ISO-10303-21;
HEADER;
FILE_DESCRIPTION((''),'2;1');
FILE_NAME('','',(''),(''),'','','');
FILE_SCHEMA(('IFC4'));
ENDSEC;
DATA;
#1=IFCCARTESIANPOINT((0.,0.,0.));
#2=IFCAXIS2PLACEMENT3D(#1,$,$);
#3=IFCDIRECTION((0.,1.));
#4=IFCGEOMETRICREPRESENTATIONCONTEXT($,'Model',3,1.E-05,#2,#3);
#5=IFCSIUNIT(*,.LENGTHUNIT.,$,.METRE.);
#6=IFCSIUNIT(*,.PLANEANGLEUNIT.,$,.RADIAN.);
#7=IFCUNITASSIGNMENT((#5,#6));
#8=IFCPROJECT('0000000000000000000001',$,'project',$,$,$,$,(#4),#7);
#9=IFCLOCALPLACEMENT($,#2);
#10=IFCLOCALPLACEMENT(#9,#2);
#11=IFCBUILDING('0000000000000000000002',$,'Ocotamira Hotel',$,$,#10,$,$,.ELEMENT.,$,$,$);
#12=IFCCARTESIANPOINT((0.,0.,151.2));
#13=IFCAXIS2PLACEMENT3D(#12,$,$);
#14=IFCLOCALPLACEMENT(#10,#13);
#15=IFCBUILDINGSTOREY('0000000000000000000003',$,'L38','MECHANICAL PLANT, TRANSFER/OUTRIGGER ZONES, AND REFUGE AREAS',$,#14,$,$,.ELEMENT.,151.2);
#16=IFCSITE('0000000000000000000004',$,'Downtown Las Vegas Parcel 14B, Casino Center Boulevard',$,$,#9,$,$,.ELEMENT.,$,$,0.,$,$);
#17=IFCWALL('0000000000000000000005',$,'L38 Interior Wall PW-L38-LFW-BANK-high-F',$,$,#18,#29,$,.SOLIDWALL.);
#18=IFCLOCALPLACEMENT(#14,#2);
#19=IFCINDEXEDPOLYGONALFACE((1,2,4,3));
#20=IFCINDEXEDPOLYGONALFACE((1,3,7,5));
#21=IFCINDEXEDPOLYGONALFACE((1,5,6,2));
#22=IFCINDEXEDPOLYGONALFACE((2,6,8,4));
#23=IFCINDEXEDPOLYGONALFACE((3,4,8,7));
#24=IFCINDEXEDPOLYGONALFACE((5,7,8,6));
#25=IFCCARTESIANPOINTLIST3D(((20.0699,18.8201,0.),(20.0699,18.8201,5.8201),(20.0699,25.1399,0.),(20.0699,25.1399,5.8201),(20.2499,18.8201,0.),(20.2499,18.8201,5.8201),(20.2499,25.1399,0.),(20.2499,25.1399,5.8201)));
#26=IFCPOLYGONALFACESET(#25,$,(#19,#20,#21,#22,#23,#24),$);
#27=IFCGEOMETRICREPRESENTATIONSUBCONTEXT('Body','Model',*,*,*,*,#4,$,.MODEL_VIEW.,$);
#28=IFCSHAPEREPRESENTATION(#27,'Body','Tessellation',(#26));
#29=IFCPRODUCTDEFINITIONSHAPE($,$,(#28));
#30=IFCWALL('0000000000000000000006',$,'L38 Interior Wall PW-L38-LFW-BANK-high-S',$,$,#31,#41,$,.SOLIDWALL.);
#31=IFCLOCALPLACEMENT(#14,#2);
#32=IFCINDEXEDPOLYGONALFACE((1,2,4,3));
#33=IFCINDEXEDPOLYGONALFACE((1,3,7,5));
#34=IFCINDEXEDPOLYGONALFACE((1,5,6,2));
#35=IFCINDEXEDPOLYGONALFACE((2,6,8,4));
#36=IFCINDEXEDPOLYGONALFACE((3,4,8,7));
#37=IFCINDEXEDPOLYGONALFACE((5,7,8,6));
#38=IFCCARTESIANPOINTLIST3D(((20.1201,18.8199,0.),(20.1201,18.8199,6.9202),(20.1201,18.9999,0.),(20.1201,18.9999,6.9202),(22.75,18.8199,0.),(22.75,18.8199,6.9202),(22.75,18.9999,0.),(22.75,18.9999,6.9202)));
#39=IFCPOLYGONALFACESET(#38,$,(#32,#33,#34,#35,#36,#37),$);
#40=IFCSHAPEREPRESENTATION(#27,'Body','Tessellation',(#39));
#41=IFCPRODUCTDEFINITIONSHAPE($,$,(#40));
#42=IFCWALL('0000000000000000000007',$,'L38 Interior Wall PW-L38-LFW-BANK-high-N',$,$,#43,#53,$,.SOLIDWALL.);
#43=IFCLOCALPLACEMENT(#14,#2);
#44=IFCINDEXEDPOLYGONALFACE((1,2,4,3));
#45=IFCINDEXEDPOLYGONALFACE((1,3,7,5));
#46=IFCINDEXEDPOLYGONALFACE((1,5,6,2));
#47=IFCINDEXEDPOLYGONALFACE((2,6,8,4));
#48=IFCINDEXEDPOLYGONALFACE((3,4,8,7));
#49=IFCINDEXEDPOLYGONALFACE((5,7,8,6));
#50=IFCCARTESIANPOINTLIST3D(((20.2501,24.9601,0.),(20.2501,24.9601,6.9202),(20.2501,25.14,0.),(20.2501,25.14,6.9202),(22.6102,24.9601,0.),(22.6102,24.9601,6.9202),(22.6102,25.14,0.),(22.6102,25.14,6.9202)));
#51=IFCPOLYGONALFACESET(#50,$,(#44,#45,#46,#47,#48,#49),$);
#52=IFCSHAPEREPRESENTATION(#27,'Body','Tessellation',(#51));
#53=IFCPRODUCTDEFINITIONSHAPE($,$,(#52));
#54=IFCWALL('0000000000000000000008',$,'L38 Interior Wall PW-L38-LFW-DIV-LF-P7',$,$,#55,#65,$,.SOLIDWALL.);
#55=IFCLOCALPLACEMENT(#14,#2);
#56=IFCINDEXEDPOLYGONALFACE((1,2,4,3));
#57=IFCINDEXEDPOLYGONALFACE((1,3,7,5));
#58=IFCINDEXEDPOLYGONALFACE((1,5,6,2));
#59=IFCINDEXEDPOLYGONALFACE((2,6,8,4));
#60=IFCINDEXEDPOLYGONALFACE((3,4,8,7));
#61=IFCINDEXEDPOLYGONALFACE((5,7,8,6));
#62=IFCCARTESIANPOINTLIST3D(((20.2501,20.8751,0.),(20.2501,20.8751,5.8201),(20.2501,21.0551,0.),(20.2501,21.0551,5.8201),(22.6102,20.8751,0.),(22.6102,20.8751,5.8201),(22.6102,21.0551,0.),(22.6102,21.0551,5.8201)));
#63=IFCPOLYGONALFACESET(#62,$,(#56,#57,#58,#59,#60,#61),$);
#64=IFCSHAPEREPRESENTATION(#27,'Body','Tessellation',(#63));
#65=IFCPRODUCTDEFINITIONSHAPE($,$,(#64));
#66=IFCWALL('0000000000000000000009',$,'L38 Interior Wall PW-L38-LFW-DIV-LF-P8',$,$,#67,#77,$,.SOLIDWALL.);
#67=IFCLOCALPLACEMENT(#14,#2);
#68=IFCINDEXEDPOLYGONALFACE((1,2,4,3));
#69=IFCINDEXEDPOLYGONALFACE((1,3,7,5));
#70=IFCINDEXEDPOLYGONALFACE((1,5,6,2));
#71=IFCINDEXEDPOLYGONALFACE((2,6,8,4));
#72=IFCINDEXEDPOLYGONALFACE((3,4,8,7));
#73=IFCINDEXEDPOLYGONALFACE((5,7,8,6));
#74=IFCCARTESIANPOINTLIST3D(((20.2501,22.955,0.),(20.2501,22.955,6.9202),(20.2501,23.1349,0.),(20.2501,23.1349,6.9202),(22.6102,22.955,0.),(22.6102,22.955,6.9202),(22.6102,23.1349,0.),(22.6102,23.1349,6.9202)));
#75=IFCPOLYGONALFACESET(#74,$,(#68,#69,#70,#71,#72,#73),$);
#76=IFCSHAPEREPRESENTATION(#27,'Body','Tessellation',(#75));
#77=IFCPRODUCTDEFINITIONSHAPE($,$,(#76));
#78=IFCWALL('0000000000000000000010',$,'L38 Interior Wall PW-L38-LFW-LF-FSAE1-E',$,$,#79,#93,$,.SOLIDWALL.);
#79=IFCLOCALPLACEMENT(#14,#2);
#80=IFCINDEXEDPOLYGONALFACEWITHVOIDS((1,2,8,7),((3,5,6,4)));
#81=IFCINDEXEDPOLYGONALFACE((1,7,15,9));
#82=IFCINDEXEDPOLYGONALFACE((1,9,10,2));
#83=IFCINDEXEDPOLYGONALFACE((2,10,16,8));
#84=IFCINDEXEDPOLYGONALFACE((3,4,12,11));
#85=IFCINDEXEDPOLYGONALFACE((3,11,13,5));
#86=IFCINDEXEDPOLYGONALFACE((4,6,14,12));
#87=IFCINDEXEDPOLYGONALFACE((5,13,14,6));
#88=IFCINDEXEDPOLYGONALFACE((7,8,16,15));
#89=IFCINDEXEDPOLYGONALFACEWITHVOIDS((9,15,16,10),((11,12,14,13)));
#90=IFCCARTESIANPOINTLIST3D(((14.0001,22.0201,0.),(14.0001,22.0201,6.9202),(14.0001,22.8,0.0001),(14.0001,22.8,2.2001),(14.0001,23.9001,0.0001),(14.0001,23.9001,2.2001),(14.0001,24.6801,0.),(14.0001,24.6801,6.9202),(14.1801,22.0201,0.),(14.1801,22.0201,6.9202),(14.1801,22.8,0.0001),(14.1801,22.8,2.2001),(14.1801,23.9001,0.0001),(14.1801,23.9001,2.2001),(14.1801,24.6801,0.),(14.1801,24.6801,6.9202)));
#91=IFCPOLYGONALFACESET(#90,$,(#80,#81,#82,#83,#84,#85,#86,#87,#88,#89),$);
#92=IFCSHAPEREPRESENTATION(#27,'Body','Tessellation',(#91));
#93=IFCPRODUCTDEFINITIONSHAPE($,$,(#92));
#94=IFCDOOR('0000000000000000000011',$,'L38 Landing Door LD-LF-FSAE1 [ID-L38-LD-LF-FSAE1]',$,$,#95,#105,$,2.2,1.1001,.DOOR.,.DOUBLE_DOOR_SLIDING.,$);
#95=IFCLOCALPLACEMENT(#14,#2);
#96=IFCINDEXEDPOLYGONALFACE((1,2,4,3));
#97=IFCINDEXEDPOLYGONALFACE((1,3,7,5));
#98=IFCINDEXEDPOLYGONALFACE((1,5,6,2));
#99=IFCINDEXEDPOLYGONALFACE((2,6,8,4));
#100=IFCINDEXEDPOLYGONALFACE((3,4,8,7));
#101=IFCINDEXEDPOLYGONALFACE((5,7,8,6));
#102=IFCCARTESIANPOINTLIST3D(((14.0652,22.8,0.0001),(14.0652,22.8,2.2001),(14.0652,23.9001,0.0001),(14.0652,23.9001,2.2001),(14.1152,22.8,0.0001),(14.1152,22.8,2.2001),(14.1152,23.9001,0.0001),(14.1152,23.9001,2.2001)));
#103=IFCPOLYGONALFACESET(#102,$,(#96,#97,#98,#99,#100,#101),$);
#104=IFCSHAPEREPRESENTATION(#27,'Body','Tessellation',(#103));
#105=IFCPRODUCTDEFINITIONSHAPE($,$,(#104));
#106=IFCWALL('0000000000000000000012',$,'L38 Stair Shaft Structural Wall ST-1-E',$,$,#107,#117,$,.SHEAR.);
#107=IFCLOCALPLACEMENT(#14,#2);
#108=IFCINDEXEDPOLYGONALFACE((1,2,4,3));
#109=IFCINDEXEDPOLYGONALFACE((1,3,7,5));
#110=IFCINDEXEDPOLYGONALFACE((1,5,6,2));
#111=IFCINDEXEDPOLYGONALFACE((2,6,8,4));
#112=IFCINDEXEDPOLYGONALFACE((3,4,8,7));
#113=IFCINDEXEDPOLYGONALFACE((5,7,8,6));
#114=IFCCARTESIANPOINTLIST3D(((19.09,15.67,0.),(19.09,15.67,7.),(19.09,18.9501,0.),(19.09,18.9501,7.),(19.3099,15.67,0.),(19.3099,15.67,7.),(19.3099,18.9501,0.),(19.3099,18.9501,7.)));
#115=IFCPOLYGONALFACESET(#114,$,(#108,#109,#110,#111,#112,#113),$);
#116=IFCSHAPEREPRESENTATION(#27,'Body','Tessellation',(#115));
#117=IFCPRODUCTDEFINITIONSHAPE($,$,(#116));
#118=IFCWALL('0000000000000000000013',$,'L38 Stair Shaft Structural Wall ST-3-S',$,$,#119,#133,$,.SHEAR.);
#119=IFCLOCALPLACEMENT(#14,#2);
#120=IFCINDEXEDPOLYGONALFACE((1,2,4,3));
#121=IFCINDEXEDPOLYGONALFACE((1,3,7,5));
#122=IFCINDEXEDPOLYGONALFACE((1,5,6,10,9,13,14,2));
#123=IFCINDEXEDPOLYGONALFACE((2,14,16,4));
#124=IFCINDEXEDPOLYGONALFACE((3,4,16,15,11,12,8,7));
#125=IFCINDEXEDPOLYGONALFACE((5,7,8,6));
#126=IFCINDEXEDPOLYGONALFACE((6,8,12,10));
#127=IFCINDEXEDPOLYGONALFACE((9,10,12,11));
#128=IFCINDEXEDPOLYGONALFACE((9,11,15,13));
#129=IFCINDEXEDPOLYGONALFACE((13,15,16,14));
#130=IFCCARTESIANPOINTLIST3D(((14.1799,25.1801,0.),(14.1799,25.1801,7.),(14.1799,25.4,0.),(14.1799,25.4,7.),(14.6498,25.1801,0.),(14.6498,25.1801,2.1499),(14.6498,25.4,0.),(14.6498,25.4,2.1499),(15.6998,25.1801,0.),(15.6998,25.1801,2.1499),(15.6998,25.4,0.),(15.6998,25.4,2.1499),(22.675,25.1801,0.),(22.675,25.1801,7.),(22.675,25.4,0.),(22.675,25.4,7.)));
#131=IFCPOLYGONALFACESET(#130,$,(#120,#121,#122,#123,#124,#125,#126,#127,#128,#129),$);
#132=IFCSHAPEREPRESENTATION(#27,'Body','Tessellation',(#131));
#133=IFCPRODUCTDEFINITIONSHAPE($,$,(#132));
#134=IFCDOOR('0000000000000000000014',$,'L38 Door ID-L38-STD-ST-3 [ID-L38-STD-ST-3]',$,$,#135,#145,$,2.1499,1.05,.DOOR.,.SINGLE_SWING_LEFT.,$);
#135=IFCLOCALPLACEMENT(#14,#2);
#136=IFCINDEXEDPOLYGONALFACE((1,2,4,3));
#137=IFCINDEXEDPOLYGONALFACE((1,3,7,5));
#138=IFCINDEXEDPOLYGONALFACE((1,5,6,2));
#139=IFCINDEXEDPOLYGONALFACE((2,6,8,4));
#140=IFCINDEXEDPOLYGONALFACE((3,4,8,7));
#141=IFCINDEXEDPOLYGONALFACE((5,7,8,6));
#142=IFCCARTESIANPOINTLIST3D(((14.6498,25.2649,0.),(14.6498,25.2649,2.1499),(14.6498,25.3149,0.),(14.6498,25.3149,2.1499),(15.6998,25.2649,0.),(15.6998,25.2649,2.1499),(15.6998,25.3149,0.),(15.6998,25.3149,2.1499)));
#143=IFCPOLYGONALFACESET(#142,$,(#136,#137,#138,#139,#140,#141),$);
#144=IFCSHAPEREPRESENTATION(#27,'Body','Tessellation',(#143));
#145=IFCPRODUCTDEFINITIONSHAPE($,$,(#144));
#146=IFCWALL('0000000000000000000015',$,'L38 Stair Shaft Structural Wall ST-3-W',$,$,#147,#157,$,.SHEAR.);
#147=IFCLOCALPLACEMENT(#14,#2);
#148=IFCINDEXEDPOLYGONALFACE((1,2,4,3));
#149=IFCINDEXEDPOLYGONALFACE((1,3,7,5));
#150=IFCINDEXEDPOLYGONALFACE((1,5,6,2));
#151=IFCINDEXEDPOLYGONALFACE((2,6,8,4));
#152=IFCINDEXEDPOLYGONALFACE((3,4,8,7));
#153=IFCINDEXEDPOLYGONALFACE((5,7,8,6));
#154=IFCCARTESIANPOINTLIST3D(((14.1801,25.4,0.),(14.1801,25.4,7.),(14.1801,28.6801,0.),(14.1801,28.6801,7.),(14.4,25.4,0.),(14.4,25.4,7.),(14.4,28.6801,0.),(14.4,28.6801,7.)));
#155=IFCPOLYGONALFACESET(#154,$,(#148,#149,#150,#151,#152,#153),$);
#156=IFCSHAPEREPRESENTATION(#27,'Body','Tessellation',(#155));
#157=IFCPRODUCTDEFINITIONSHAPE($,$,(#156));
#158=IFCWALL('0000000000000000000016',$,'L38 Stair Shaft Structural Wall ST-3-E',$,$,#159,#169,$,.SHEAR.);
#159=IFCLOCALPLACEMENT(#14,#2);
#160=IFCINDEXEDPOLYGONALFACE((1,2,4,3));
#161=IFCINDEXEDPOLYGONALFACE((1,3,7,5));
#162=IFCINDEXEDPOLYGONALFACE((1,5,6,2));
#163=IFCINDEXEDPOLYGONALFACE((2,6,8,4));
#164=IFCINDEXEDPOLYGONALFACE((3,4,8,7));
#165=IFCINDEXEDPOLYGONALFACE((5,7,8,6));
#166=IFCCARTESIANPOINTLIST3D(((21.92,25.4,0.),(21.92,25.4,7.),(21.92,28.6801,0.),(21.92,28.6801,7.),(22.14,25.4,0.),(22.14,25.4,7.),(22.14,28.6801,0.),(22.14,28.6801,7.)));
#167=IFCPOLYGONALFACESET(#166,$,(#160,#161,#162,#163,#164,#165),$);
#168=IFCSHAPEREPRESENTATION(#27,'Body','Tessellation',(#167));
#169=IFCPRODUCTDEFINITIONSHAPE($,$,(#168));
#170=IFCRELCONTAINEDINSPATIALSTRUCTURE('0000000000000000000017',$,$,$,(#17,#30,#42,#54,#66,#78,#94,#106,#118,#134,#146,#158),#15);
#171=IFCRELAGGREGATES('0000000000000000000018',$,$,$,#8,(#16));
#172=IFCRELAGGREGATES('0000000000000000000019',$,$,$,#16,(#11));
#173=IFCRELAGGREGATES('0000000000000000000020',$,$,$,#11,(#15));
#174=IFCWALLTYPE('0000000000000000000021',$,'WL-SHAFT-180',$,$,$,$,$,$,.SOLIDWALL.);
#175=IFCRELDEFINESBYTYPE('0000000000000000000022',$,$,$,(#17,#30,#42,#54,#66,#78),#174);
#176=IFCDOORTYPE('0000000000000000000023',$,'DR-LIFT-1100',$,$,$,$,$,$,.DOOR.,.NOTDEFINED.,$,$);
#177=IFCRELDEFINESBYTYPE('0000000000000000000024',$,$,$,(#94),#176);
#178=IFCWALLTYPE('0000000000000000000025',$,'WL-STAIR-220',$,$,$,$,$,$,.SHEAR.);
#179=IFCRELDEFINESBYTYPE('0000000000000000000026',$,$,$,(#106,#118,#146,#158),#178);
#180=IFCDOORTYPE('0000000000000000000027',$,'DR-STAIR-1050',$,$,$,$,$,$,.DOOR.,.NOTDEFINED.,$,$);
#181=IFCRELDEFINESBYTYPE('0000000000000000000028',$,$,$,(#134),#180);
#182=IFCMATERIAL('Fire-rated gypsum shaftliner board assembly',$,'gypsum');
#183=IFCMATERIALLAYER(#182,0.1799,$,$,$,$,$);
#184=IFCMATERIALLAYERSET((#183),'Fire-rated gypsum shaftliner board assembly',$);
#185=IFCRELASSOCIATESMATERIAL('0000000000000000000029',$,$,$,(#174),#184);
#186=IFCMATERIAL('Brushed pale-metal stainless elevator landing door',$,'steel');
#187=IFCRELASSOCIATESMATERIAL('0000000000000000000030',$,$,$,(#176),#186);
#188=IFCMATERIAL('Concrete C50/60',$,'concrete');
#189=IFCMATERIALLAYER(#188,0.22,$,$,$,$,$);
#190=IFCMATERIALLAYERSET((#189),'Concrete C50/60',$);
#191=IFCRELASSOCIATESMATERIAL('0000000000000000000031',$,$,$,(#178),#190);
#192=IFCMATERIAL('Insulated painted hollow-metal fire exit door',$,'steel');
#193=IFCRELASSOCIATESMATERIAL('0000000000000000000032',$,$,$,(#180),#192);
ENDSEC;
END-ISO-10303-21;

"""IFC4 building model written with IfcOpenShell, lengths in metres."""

from ifc_helpers import new_model, si_unit, direction, frame, frame_2d, origin, place, context, subcontext, project, spatial, rectangle, extrude, source, transform, mapped, material, layer, layer_set, type_object, element, fill, save


model = new_model("IFC4")

# Units and contexts
model_context = context("Model", 3, precision=1e-05, world=origin(), true_north=direction((0.0, 1.0)))
body_context = subcontext(model_context, "Body", "Model", "MODEL_VIEW")
ifc_project = project(units=[si_unit("LENGTHUNIT", "METRE"), si_unit("PLANEANGLEUNIT", "RADIAN")], contexts=[model_context])

# Site, building, storey
site_placement = place(None, origin())
site = spatial("IfcSite", under=ifc_project, at=site_placement, Name="Downtown Las Vegas Parcel 14B, Casino Center Boulevard", CompositionType="ELEMENT", RefElevation=0.0)
building_placement = place(site_placement, origin())
building = spatial("IfcBuilding", under=site, at=building_placement, Name="Ocotamira Hotel", CompositionType="ELEMENT")
storey_placement = place(building_placement, frame((0.0, 0.0, 151.2)))
storey = spatial("IfcBuildingStorey", under=building, at=storey_placement, Name="L38", Description="MECHANICAL PLANT, TRANSFER/OUTRIGGER ZONES, AND REFUGE AREAS", CompositionType="ELEMENT", Elevation=151.2)

# Walls
ifc_material_1 = material(Name="Fire-rated gypsum shaftliner board assembly", Category="gypsum")
ifc_layer_1 = layer(ifc_material_1, 0.1799)
ifc_layer_set_1 = layer_set([ifc_layer_1], Name="Fire-rated gypsum shaftliner board assembly")
wall_type_1 = type_object("IfcWallType", Name="WL-SHAFT-180", PredefinedType="SOLIDWALL", material=ifc_layer_set_1)
wall_1_placement = place(storey_placement, frame((20.1599, 18.8201, 0.0), z_axis=(0.0, 0.0, 1.0), x_axis=(0.0, 1.0, 0.0)))
element("IfcWall", 1, at=wall_1_placement, inside=storey, type_object=wall_type_1, Name="L38 Interior Wall PW-L38-LFW-BANK-high-F", PredefinedType="SOLIDWALL", context=body_context, shape_type="SweptSolid", body=[
    extrude(rectangle(XDim=6.3198, YDim=0.1799, at=frame_2d((3.1599, 0.0))), origin(), (0.0, 0.0, 1.0), 5.8201),
])
wall_2_placement = place(storey_placement, frame((20.1201, 18.9099, 0.0), z_axis=(0.0, 0.0, 1.0), x_axis=(1.0, 0.0, 0.0)))
element("IfcWall", 2, at=wall_2_placement, inside=storey, type_object=wall_type_1, Name="L38 Interior Wall PW-L38-LFW-BANK-high-S", PredefinedType="SOLIDWALL", context=body_context, shape_type="SweptSolid", body=[
    extrude(rectangle(XDim=2.6299, YDim=0.1799, at=frame_2d((1.3149, 0.0))), origin(), (0.0, 0.0, 1.0), 6.9202),
])
wall_3_placement = place(storey_placement, frame((20.25, 25.05, 0.0), z_axis=(0.0, 0.0, 1.0), x_axis=(1.0, 0.0, 0.0)))
element("IfcWall", 3, at=wall_3_placement, inside=storey, type_object=wall_type_1, Name="L38 Interior Wall PW-L38-LFW-BANK-high-N", PredefinedType="SOLIDWALL", context=body_context, shape_type="SweptSolid", body=[
    extrude(rectangle(XDim=2.3601, YDim=0.1799, at=frame_2d((1.1802, 0.0))), origin(), (0.0, 0.0, 1.0), 6.9202),
])
wall_4_placement = place(storey_placement, frame((20.25, 20.9651, 0.0), z_axis=(0.0, 0.0, 1.0), x_axis=(1.0, 0.0, 0.0)))
element("IfcWall", 4, at=wall_4_placement, inside=storey, type_object=wall_type_1, Name="L38 Interior Wall PW-L38-LFW-DIV-LF-P7", PredefinedType="SOLIDWALL", context=body_context, shape_type="SweptSolid", body=[
    extrude(rectangle(XDim=2.3601, YDim=0.1799, at=frame_2d((1.1802, 0.0))), origin(), (0.0, 0.0, 1.0), 5.8201),
])
wall_5_placement = place(storey_placement, frame((20.25, 23.0449, 0.0), z_axis=(0.0, 0.0, 1.0), x_axis=(1.0, 0.0, 0.0)))
element("IfcWall", 5, at=wall_5_placement, inside=storey, type_object=wall_type_1, Name="L38 Interior Wall PW-L38-LFW-DIV-LF-P8", PredefinedType="SOLIDWALL", context=body_context, shape_type="SweptSolid", body=[
    extrude(rectangle(XDim=2.3601, YDim=0.1799, at=frame_2d((1.1802, 0.0))), origin(), (0.0, 0.0, 1.0), 6.9202),
])

# Wall, opening, door
wall_6_placement = place(storey_placement, frame((14.0901, 22.02, 0.0), z_axis=(0.0, 0.0, 1.0), x_axis=(0.0, 1.0, 0.0)))
wall_6 = element("IfcWall", 6, at=wall_6_placement, inside=storey, type_object=wall_type_1, Name="L38 Interior Wall PW-L38-LFW-LF-FSAE1-E", PredefinedType="SOLIDWALL", context=body_context, shape_type="SweptSolid", body=[
    extrude(rectangle(XDim=2.6599, YDim=0.1799, at=frame_2d((1.3301, 0.0))), origin(), (0.0, 0.0, 1.0), 6.9202),
])
opening_1_placement = place(wall_6_placement, frame((0.78, 0.0, 0.0)))
opening_1 = element("IfcOpeningElement", 7, at=opening_1_placement, cuts=wall_6, PredefinedType="OPENING", context=body_context, shape_type="SweptSolid", body=[
    extrude(rectangle(XDim=1.1001, YDim=2.2, at=frame_2d((0.55, 1.1001))), frame((0.0, 0.1001, 0.0), z_axis=(0.0, -1.0, 0.0), x_axis=(1.0, 0.0, 0.0)), (0.0, 0.0, 1.0), 0.2),
])
ifc_material_2 = material(Name="Brushed pale-metal stainless elevator landing door", Category="steel")
door_type_1 = type_object("IfcDoorType", Name="DR-LIFT-1100", OperationType="NOTDEFINED", PredefinedType="DOOR", material=ifc_material_2)
shared_shape_1 = source(origin(), body_context, "Body", "SweptSolid", [
    extrude(rectangle(XDim=1.1001, YDim=2.2, at=frame_2d((0.55, 1.1001))), frame((0.0, 0.0249, 0.0), z_axis=(0.0, -1.0, 0.0), x_axis=(1.0, 0.0, 0.0)), (0.0, 0.0, 1.0), 0.05),
])
door_1_placement = place(opening_1_placement, origin())
door_1 = element("IfcDoor", 8, at=door_1_placement, inside=storey, type_object=door_type_1, Name="L38 Landing Door LD-LF-FSAE1 [ID-L38-LD-LF-FSAE1]", OperationType="DOUBLE_DOOR_SLIDING", OverallHeight=2.2, OverallWidth=1.1001, PredefinedType="DOOR", context=body_context, shape_type="MappedRepresentation", body=[
    mapped(shared_shape_1, transform((0.0, 0.0, 0.0), scale=1.0)),
])
fill(opening_1, door_1)

# Wall
ifc_material_3 = material(Name="Concrete C50/60", Category="concrete")
ifc_layer_2 = layer(ifc_material_3, 0.22)
ifc_layer_set_2 = layer_set([ifc_layer_2], Name="Concrete C50/60")
wall_type_2 = type_object("IfcWallType", Name="WL-STAIR-220", PredefinedType="SHEAR", material=ifc_layer_set_2)
wall_7_placement = place(storey_placement, frame((19.2, 15.6699, 0.0), z_axis=(0.0, 0.0, 1.0), x_axis=(0.0, 1.0, 0.0)))
element("IfcWall", 9, at=wall_7_placement, inside=storey, type_object=wall_type_2, Name="L38 Stair Shaft Structural Wall ST-1-E", PredefinedType="SHEAR", context=body_context, shape_type="SweptSolid", body=[
    extrude(rectangle(XDim=3.28, YDim=0.22, at=frame_2d((1.6401, 0.0))), origin(), (0.0, 0.0, 1.0), 7.0),
])

# Wall, opening, door
wall_8_placement = place(storey_placement, frame((14.1799, 25.29, 0.0), z_axis=(0.0, 0.0, 1.0), x_axis=(1.0, 0.0, 0.0)))
wall_8 = element("IfcWall", 10, at=wall_8_placement, inside=storey, type_object=wall_type_2, Name="L38 Stair Shaft Structural Wall ST-3-S", PredefinedType="SHEAR", context=body_context, shape_type="SweptSolid", body=[
    extrude(rectangle(XDim=8.4951, YDim=0.22, at=frame_2d((4.2476, 0.0))), origin(), (0.0, 0.0, 1.0), 7.0),
])
opening_2_placement = place(wall_8_placement, frame((0.47, 0.0, 0.0)))
opening_2 = element("IfcOpeningElement", 11, at=opening_2_placement, cuts=wall_8, PredefinedType="OPENING", context=body_context, shape_type="SweptSolid", body=[
    extrude(rectangle(XDim=1.05, YDim=2.1499, at=frame_2d((0.5249, 1.075))), frame((0.0, 0.1201, 0.0), z_axis=(0.0, -1.0, 0.0), x_axis=(1.0, 0.0, 0.0)), (0.0, 0.0, 1.0), 0.24),
])
ifc_material_4 = material(Name="Insulated painted hollow-metal fire exit door", Category="steel")
door_type_2 = type_object("IfcDoorType", Name="DR-STAIR-1050", OperationType="NOTDEFINED", PredefinedType="DOOR", material=ifc_material_4)
shared_shape_2 = source(origin(), body_context, "Body", "SweptSolid", [
    extrude(rectangle(XDim=1.05, YDim=2.1499, at=frame_2d((0.5249, 1.075))), frame((0.0, 0.0249, 0.0), z_axis=(0.0, -1.0, 0.0), x_axis=(1.0, 0.0, 0.0)), (0.0, 0.0, 1.0), 0.05),
])
door_2_placement = place(opening_2_placement, origin())
door_2 = element("IfcDoor", 12, at=door_2_placement, inside=storey, type_object=door_type_2, Name="L38 Door ID-L38-STD-ST-3 [ID-L38-STD-ST-3]", OperationType="SINGLE_SWING_LEFT", OverallHeight=2.1499, OverallWidth=1.05, PredefinedType="DOOR", context=body_context, shape_type="MappedRepresentation", body=[
    mapped(shared_shape_2, transform((0.0, 0.0, 0.0), scale=1.0)),
])
fill(opening_2, door_2)

# Walls
for number, where, z_axis, x_axis, name in (
    (13, (14.29, 25.3999, 0.0), (0.0, 0.0, 1.0), (0.0, 1.0, 0.0), "L38 Stair Shaft Structural Wall ST-3-W"),
    (14, (22.03, 25.3999, 0.0), (0.0, 0.0, 1.0), (0.0, 1.0, 0.0), "L38 Stair Shaft Structural Wall ST-3-E"),
):
    element("IfcWall", number, at=place(storey_placement, frame(where, z_axis=z_axis, x_axis=x_axis)), inside=storey, type_object=wall_type_2, Name=name, PredefinedType="SHEAR", context=body_context, shape_type="SweptSolid", body=[
        extrude(rectangle(XDim=3.28, YDim=0.22, at=frame_2d((1.6401, 0.0))), origin(), (0.0, 0.0, 1.0), 7.0),
    ])

save(model, "model.ifc")
